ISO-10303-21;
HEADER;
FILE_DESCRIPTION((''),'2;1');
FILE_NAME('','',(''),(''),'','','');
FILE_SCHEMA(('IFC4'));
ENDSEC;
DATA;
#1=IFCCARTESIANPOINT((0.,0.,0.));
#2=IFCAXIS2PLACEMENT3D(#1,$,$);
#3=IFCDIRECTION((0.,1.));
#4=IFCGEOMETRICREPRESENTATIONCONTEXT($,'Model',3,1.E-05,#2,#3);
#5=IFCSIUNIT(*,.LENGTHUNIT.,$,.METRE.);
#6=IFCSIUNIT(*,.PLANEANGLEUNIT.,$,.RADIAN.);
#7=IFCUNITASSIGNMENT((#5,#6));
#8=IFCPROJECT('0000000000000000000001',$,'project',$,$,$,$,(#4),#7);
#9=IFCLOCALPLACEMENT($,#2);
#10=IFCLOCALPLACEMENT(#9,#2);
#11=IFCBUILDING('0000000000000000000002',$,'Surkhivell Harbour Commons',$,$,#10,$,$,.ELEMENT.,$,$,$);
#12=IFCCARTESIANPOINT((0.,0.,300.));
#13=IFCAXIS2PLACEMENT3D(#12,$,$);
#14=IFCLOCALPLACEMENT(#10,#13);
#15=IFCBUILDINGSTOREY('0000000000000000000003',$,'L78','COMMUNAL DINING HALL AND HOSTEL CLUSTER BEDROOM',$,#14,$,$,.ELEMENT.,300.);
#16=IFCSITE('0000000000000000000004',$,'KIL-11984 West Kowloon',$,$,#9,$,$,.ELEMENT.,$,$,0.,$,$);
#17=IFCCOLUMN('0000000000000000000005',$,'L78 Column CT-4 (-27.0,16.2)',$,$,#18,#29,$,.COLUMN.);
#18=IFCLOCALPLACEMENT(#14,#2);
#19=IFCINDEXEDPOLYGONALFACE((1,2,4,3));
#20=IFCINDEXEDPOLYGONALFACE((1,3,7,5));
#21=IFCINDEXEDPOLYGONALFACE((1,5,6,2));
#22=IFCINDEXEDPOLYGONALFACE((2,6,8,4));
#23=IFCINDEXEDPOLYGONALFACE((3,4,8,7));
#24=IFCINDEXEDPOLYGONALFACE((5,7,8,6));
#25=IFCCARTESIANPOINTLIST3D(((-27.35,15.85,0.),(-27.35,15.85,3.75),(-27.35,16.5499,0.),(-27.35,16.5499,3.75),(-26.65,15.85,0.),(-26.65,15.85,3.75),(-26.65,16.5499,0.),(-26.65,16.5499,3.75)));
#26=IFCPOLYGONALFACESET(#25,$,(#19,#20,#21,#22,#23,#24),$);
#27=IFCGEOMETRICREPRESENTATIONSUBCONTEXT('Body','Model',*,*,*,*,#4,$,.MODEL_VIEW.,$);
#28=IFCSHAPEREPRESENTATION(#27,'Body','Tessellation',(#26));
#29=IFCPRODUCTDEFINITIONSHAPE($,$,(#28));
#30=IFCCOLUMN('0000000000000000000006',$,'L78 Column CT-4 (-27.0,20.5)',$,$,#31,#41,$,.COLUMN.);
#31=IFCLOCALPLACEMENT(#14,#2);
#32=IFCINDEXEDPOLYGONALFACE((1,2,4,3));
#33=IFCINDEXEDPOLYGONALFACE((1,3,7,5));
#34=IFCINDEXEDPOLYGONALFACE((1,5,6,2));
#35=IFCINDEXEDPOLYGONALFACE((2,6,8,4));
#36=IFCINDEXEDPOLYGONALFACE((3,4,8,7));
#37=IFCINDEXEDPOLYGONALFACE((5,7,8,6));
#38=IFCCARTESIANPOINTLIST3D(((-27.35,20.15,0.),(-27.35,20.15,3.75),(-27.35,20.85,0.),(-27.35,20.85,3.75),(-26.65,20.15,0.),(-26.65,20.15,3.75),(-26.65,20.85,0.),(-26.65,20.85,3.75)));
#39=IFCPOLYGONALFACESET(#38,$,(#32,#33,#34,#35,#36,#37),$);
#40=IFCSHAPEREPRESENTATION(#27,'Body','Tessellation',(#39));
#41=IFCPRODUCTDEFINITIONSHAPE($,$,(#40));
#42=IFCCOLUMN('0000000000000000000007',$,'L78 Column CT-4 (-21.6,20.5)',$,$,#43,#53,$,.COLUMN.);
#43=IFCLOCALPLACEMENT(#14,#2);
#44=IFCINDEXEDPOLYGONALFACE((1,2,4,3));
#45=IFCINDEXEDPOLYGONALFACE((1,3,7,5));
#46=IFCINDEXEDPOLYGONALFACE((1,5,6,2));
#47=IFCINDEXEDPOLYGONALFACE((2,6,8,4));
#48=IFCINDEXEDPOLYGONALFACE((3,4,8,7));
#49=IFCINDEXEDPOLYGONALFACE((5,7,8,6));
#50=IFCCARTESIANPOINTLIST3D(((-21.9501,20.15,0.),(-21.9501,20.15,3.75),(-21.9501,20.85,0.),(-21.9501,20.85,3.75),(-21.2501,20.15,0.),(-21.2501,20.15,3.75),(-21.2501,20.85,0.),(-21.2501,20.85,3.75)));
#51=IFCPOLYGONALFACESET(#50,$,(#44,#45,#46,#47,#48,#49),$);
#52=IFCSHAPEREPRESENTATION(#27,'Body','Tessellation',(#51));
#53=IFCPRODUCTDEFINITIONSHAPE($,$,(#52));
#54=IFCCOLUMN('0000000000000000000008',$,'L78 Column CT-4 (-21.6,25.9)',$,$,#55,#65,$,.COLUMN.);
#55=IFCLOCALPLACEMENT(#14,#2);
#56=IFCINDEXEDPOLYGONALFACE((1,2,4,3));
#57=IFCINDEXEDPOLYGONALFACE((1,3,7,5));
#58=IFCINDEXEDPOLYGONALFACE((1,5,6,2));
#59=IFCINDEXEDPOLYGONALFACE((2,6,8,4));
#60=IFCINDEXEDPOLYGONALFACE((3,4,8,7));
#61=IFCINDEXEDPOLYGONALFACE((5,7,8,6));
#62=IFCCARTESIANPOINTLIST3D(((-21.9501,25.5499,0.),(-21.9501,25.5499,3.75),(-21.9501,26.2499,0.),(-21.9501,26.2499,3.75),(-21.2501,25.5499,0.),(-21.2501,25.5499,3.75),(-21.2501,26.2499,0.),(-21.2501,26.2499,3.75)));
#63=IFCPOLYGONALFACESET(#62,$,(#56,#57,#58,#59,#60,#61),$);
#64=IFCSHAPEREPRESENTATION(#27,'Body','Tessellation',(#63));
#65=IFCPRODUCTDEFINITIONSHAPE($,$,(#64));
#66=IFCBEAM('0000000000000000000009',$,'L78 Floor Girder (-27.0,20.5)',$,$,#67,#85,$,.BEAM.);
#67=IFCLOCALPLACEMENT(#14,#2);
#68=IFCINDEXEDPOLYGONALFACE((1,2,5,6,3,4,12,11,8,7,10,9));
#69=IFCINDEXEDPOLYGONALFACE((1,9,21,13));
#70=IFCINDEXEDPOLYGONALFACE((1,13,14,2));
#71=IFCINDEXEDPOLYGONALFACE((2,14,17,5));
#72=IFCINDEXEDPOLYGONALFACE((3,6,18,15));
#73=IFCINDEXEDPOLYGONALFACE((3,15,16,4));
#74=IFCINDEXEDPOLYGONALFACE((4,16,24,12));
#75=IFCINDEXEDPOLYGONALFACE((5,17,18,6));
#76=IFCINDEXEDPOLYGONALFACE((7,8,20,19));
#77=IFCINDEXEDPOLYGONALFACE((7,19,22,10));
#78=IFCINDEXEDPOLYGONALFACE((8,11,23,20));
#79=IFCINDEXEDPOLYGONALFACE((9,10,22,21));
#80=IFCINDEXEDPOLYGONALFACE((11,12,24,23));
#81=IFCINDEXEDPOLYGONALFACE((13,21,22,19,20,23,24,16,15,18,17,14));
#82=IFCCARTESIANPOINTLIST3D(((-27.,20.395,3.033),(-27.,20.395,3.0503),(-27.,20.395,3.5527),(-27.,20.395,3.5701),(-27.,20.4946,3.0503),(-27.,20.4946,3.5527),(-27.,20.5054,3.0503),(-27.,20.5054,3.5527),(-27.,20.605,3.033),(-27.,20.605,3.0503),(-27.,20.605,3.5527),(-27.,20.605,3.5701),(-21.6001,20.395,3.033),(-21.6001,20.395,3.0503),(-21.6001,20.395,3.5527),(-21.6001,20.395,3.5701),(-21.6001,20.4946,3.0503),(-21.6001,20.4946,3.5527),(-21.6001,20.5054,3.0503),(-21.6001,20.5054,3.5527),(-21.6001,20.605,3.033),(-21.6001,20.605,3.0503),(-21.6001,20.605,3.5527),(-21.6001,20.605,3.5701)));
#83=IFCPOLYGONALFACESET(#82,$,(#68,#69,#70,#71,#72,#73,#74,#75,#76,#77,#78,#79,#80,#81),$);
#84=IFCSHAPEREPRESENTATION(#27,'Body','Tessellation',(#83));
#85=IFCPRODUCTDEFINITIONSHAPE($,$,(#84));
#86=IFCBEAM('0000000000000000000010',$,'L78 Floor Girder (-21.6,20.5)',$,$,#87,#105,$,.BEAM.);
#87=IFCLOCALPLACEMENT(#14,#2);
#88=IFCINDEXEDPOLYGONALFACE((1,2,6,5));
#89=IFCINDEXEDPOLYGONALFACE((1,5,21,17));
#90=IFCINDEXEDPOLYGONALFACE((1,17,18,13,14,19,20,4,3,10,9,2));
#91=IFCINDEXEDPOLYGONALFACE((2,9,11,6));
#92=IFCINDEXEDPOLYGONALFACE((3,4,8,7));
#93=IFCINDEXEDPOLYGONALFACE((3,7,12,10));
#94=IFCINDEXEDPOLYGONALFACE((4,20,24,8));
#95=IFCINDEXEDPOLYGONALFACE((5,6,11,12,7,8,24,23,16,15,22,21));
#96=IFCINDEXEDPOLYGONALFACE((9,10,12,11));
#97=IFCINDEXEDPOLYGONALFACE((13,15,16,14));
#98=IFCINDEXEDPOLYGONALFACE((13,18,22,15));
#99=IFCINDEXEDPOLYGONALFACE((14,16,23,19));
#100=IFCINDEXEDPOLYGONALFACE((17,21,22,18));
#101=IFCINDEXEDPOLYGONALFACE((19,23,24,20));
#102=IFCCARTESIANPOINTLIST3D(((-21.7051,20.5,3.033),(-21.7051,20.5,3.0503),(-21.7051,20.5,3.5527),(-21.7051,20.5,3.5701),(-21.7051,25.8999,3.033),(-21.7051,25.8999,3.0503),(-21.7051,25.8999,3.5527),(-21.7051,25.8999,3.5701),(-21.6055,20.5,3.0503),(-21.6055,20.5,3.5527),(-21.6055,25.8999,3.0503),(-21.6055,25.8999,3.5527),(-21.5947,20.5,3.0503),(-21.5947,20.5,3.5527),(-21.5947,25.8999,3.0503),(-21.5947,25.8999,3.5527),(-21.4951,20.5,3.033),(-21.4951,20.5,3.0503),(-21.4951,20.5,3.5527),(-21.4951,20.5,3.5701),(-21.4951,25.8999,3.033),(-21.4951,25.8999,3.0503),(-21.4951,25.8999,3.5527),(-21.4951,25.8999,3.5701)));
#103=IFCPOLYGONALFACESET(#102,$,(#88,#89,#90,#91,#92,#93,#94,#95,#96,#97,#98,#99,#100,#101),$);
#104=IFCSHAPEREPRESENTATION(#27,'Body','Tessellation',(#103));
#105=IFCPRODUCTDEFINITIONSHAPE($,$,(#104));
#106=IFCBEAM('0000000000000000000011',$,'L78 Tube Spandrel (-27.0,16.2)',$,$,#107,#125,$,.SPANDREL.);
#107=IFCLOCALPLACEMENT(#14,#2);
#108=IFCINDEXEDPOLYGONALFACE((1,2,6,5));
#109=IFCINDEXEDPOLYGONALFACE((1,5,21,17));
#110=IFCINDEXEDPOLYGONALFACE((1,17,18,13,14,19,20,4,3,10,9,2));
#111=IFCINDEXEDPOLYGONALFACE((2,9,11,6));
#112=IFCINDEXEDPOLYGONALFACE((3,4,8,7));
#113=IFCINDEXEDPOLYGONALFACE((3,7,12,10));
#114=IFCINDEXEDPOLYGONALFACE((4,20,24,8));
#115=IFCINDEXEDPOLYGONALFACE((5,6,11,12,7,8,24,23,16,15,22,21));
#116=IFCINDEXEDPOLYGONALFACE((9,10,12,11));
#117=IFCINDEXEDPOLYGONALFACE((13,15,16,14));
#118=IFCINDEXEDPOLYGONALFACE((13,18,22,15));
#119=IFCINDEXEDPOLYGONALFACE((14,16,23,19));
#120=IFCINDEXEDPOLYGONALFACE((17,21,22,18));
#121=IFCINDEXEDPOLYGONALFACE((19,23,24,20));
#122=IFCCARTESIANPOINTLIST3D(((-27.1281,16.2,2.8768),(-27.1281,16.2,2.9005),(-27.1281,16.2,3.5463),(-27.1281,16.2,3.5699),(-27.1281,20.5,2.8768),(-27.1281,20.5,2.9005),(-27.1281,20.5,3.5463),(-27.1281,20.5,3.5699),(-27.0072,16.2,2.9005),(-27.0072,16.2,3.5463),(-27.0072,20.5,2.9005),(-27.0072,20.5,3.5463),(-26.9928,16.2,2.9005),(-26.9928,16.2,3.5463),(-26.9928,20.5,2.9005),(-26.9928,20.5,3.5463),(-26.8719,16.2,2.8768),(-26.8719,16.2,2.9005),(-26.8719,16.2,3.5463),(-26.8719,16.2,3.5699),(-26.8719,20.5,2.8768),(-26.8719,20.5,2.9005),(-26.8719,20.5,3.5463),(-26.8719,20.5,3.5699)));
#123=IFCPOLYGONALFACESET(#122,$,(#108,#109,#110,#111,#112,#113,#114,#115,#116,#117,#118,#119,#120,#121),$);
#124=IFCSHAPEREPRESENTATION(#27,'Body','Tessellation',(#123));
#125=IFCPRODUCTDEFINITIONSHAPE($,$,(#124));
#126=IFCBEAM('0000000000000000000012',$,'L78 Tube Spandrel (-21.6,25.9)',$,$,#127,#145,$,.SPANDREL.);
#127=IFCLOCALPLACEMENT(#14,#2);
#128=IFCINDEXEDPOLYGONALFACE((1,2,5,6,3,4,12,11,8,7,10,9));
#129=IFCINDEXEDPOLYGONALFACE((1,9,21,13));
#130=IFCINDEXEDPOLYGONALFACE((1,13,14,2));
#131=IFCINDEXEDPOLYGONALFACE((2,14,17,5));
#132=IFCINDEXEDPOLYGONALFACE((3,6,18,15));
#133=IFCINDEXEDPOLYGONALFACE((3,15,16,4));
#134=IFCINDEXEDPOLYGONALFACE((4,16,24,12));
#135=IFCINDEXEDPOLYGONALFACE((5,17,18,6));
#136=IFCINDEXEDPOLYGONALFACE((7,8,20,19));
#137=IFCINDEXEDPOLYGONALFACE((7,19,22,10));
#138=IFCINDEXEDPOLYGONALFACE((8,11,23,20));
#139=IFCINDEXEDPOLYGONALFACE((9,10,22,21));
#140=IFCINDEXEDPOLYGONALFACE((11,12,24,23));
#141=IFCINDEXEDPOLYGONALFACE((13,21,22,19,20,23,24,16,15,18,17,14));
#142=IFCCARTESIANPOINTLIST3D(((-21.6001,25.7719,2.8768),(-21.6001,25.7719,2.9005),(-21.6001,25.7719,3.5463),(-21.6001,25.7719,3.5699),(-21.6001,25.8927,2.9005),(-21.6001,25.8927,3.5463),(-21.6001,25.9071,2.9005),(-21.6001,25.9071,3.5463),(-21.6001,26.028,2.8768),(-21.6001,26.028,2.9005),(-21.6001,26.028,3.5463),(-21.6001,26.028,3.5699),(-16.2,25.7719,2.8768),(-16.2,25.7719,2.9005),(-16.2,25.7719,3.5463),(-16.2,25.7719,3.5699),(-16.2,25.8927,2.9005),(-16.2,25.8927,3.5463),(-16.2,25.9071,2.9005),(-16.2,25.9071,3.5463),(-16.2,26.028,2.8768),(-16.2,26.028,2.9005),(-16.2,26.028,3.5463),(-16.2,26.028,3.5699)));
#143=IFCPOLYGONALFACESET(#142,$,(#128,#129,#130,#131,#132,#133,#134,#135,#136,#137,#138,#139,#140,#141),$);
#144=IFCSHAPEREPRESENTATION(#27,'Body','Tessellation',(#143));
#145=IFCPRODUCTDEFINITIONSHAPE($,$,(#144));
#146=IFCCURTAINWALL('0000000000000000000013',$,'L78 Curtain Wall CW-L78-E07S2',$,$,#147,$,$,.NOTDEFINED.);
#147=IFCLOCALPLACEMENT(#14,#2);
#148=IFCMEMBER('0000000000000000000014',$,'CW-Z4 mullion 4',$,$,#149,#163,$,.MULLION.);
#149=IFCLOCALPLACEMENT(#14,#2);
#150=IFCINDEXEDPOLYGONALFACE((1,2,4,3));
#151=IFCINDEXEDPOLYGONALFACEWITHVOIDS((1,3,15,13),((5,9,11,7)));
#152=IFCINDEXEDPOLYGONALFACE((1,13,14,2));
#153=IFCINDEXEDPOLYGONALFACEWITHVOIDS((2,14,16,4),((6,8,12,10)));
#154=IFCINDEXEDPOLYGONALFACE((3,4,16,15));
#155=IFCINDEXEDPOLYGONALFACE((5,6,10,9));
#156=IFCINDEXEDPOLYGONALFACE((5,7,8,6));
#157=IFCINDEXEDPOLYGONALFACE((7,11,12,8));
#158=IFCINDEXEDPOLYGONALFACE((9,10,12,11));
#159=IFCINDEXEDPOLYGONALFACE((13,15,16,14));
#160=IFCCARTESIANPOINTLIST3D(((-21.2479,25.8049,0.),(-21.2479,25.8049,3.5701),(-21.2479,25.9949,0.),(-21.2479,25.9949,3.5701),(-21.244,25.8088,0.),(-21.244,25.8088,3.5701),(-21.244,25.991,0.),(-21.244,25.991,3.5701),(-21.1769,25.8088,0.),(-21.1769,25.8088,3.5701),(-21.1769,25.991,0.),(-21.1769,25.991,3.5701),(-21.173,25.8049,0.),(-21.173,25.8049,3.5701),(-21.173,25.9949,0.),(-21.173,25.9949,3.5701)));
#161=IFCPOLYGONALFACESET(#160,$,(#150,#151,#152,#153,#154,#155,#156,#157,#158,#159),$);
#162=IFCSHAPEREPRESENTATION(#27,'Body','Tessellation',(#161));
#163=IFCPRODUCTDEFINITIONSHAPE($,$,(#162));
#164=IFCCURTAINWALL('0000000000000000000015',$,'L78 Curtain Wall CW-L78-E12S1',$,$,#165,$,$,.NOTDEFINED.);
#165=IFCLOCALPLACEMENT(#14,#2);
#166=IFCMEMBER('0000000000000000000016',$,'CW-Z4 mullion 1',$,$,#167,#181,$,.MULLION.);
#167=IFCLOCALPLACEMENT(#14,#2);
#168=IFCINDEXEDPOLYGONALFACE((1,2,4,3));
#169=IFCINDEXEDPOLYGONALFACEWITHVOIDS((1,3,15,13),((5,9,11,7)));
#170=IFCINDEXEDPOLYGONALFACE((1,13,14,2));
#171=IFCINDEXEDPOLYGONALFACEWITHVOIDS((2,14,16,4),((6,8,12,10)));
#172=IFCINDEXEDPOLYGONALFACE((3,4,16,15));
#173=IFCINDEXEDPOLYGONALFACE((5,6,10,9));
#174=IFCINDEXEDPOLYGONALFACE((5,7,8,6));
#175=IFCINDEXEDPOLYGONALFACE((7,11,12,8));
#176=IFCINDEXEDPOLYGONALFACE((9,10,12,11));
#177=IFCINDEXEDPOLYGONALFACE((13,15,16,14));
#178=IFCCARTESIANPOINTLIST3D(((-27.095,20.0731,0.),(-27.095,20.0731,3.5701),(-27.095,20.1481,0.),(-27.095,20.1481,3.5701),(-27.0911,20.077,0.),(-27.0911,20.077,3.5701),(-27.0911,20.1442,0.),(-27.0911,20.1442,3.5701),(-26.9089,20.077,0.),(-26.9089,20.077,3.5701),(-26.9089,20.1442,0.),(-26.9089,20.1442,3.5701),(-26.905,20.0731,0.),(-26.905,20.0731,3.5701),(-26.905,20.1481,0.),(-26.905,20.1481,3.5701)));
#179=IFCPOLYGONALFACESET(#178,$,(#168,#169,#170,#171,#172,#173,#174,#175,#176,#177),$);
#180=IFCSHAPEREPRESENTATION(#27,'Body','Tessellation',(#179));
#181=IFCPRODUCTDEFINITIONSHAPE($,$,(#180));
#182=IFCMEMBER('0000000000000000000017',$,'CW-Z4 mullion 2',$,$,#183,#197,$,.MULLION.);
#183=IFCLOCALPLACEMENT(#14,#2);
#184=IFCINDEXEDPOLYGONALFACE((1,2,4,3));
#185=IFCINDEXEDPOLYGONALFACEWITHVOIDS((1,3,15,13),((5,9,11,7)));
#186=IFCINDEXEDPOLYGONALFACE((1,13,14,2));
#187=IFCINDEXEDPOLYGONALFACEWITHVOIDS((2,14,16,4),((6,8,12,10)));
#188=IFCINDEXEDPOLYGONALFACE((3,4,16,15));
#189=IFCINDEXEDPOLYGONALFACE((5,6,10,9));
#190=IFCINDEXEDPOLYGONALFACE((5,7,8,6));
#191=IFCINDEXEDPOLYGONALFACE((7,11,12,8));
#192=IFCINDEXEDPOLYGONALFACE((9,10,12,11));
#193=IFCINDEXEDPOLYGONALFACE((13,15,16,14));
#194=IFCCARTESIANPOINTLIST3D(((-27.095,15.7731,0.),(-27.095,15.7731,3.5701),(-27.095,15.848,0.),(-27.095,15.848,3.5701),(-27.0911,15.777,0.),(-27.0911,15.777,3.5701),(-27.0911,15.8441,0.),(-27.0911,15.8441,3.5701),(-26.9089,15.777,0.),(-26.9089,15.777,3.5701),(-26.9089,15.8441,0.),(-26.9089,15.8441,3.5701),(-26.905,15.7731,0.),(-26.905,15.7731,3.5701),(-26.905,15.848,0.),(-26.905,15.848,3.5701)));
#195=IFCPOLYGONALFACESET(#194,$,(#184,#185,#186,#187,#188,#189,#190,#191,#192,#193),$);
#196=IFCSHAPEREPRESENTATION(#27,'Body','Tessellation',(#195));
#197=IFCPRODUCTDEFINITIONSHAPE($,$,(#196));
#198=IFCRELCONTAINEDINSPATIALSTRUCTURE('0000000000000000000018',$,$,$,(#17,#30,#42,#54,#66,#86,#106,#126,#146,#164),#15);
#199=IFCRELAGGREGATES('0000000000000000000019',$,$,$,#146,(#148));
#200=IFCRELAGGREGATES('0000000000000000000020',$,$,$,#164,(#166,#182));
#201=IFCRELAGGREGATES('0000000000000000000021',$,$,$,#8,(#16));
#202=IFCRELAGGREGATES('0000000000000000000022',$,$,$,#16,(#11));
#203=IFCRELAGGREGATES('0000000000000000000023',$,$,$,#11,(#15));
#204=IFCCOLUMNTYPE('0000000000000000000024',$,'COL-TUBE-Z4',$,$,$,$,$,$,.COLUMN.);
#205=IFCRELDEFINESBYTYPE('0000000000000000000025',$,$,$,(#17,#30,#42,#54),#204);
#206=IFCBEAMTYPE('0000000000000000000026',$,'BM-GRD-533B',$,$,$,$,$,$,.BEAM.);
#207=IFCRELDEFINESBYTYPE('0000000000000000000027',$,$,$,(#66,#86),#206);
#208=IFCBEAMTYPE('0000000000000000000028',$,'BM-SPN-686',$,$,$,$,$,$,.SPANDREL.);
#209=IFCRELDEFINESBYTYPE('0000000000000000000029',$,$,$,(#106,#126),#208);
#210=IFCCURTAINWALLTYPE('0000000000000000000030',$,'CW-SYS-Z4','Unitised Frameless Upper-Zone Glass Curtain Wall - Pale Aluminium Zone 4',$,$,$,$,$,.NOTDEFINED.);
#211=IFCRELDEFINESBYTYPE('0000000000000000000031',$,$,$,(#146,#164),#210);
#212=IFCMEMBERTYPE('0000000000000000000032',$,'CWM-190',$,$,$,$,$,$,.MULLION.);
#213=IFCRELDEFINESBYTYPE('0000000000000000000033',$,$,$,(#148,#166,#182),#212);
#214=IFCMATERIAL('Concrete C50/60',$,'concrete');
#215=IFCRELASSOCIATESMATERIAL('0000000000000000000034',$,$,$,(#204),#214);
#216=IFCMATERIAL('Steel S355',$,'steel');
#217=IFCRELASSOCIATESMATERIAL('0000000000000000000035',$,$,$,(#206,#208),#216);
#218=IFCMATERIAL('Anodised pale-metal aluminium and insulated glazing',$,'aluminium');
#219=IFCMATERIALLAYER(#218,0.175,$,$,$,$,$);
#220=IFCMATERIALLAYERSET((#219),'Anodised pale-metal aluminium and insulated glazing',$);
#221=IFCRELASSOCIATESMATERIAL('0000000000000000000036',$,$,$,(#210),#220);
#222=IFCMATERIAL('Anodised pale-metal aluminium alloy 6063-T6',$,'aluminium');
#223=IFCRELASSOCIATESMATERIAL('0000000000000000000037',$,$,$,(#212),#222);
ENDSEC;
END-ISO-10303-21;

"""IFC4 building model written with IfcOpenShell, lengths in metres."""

from ifc_helpers import new_model, si_unit, direction, frame, origin, origin_2d, place, context, subcontext, project, spatial, rectangle, hollow_rectangle, i_section, extrude, material, layer, layer_set, material_profile, profile_set, type_object, element, aggregate, save


model = new_model("IFC4")

# Units and contexts
model_context = context("Model", 3, precision=1e-05, world=origin(), true_north=direction((0.0, 1.0)))
body_context = subcontext(model_context, "Body", "Model", "MODEL_VIEW")
ifc_project = project(units=[si_unit("LENGTHUNIT", "METRE"), si_unit("PLANEANGLEUNIT", "RADIAN")], contexts=[model_context])

# Site, building, storey
site_placement = place(None, origin())
site = spatial("IfcSite", under=ifc_project, at=site_placement, Name="KIL-11984 West Kowloon", CompositionType="ELEMENT", RefElevation=0.0)
building_placement = place(site_placement, origin())
building = spatial("IfcBuilding", under=site, at=building_placement, Name="Surkhivell Harbour Commons", CompositionType="ELEMENT")
storey_placement = place(building_placement, frame((0.0, 0.0, 300.0)))
storey = spatial("IfcBuildingStorey", under=building, at=storey_placement, Name="L78", Description="COMMUNAL DINING HALL AND HOSTEL CLUSTER BEDROOM", CompositionType="ELEMENT", Elevation=300.0)

# Columns
ifc_material_1 = material(Name="Concrete C50/60", Category="concrete")
ifc_material_profile_1 = material_profile(ifc_material_1, rectangle(XDim=0.7, YDim=0.7, at=origin_2d()), Name="RC-COL-700x700")
ifc_profile_set_1 = profile_set([ifc_material_profile_1], Name="Concrete C50/60")
column_type = type_object("IfcColumnType", Name="COL-TUBE-Z4", PredefinedType="COLUMN", material=ifc_profile_set_1)
for number, where, z_axis, x_axis, name in (
    (1, (-27.0, 16.2, 0.0), (0.0, 0.0, 1.0), (1.0, 0.0, 0.0), "L78 Column CT-4 (-27.0,16.2)"),
    (2, (-27.0, 20.5, 0.0), (0.0, 0.0, 1.0), (1.0, 0.0, 0.0), "L78 Column CT-4 (-27.0,20.5)"),
    (3, (-21.6001, 20.5, 0.0), (0.0, 0.0, 1.0), (1.0, 0.0, 0.0), "L78 Column CT-4 (-21.6,20.5)"),
    (4, (-21.6001, 25.8999, 0.0), (0.0, 0.0, 1.0), (1.0, 0.0, 0.0), "L78 Column CT-4 (-21.6,25.9)"),
):
    element("IfcColumn", number, at=place(storey_placement, frame(where, z_axis=z_axis, x_axis=x_axis)), inside=storey, type_object=column_type, Name=name, PredefinedType="COLUMN", context=body_context, shape_type="SweptSolid", body=[
        extrude(rectangle(XDim=0.7, YDim=0.7, at=origin_2d()), origin(), (0.0, 0.0, 1.0), 3.75),
    ])

# Beams
ifc_material_2 = material(Name="Steel S355", Category="steel")
ifc_material_profile_2 = material_profile(ifc_material_2, i_section(OverallWidth=0.21, OverallDepth=0.5371, WebThickness=0.0107, FlangeThickness=0.0173, at=origin_2d()), Name="UB533x210x101")
ifc_profile_set_2 = profile_set([ifc_material_profile_2], Name="Steel S355")
beam_type_1 = type_object("IfcBeamType", Name="BM-GRD-533B", PredefinedType="BEAM", material=ifc_profile_set_2)
for number, where, z_axis, x_axis, name in (
    (5, (-27.0, 20.5, 3.3015), (1.0, 0.0, 0.0), (0.0, 1.0, 0.0), "L78 Floor Girder (-27.0,20.5)"),
    (6, (-21.6001, 20.5, 3.3015), (0.0, 1.0, 0.0), (-1.0, 0.0, 0.0), "L78 Floor Girder (-21.6,20.5)"),
):
    element("IfcBeam", number, at=place(storey_placement, frame(where, z_axis=z_axis, x_axis=x_axis)), inside=storey, type_object=beam_type_1, Name=name, PredefinedType="BEAM", context=body_context, shape_type="SweptSolid", body=[
        extrude(i_section(OverallWidth=0.21, OverallDepth=0.5371, WebThickness=0.0107, FlangeThickness=0.0173, at=origin_2d()), origin(), (0.0, 0.0, 1.0), 5.3999),
    ])
ifc_material_profile_3 = material_profile(ifc_material_2, i_section(OverallWidth=0.2561, OverallDepth=0.6931, WebThickness=0.0144, FlangeThickness=0.0237, at=origin_2d()), Name="UB686x254x170")
ifc_profile_set_3 = profile_set([ifc_material_profile_3], Name="Steel S355")
beam_type_2 = type_object("IfcBeamType", Name="BM-SPN-686", PredefinedType="SPANDREL", material=ifc_profile_set_3)
beam_1_placement = place(storey_placement, frame((-27.0, 16.2, 3.2234), z_axis=(0.0, 1.0, 0.0), x_axis=(-1.0, 0.0, 0.0)))
element("IfcBeam", 7, at=beam_1_placement, inside=storey, type_object=beam_type_2, Name="L78 Tube Spandrel (-27.0,16.2)", PredefinedType="SPANDREL", context=body_context, shape_type="SweptSolid", body=[
    extrude(i_section(OverallWidth=0.2561, OverallDepth=0.6931, WebThickness=0.0144, FlangeThickness=0.0237, at=origin_2d()), origin(), (0.0, 0.0, 1.0), 4.3),
])
beam_2_placement = place(storey_placement, frame((-21.6001, 25.8999, 3.2234), z_axis=(1.0, 0.0, 0.0), x_axis=(0.0, 1.0, 0.0)))
element("IfcBeam", 8, at=beam_2_placement, inside=storey, type_object=beam_type_2, Name="L78 Tube Spandrel (-21.6,25.9)", PredefinedType="SPANDREL", context=body_context, shape_type="SweptSolid", body=[
    extrude(i_section(OverallWidth=0.2561, OverallDepth=0.6931, WebThickness=0.0144, FlangeThickness=0.0237, at=origin_2d()), origin(), (0.0, 0.0, 1.0), 5.4001),
])

# Curtain wall, member
ifc_material_3 = material(Name="Anodised pale-metal aluminium and insulated glazing", Category="aluminium")
ifc_layer_1 = layer(ifc_material_3, 0.175)
ifc_layer_set_1 = layer_set([ifc_layer_1], Name="Anodised pale-metal aluminium and insulated glazing")
curtain_wall_type = type_object("IfcCurtainWallType", Name="CW-SYS-Z4", Description="Unitised Frameless Upper-Zone Glass Curtain Wall - Pale Aluminium Zone 4", PredefinedType="NOTDEFINED", material=ifc_layer_set_1)
curtain_wall_1_placement = place(storey_placement, origin())
curtain_wall_1 = element("IfcCurtainWall", 9, at=curtain_wall_1_placement, inside=storey, type_object=curtain_wall_type, Name="L78 Curtain Wall CW-L78-E07S2", PredefinedType="NOTDEFINED")
ifc_material_4 = material(Name="Anodised pale-metal aluminium alloy 6063-T6", Category="aluminium")
ifc_material_profile_4 = material_profile(ifc_material_4, hollow_rectangle(XDim=0.075, YDim=0.1899, WallThickness=0.0039, at=origin_2d()), Name="ALU-MULL-75x190")
ifc_profile_set_4 = profile_set([ifc_material_profile_4], Name="Anodised pale-metal aluminium alloy 6063-T6")
member_type_1 = type_object("IfcMemberType", Name="CWM-190", PredefinedType="MULLION", material=ifc_profile_set_4)
member_1_placement = place(storey_placement, frame((-21.2104, 25.8999, 0.0), z_axis=(0.0, 0.0, 1.0), x_axis=(-1.0, 0.0, 0.0)))
member_1 = element("IfcMember", 10, at=member_1_placement, type_object=member_type_1, Name="CW-Z4 mullion 4", PredefinedType="MULLION", context=body_context, shape_type="SweptSolid", body=[
    extrude(hollow_rectangle(XDim=0.075, YDim=0.1899, WallThickness=0.0039, at=origin_2d()), origin(), (0.0, 0.0, 1.0), 3.5701),
])

# Curtain wall, members
curtain_wall_2_placement = place(storey_placement, origin())
curtain_wall_2 = element("IfcCurtainWall", 11, at=curtain_wall_2_placement, inside=storey, type_object=curtain_wall_type, Name="L78 Curtain Wall CW-L78-E12S1", PredefinedType="NOTDEFINED")
member_2_placement = place(storey_placement, frame((-27.0, 20.1106, 0.0), z_axis=(0.0, 0.0, 1.0), x_axis=(0.0, -1.0, 0.0)))
member_2 = element("IfcMember", 12, at=member_2_placement, type_object=member_type_1, Name="CW-Z4 mullion 1", PredefinedType="MULLION", context=body_context, shape_type="SweptSolid", body=[
    extrude(hollow_rectangle(XDim=0.075, YDim=0.1899, WallThickness=0.0039, at=origin_2d()), origin(), (0.0, 0.0, 1.0), 3.5701),
])
member_3_placement = place(storey_placement, frame((-27.0, 15.8105, 0.0), z_axis=(0.0, 0.0, 1.0), x_axis=(0.0, -1.0, 0.0)))
member_3 = element("IfcMember", 13, at=member_3_placement, type_object=member_type_1, Name="CW-Z4 mullion 2", PredefinedType="MULLION", context=body_context, shape_type="SweptSolid", body=[
    extrude(hollow_rectangle(XDim=0.075, YDim=0.1899, WallThickness=0.0039, at=origin_2d()), origin(), (0.0, 0.0, 1.0), 3.5701),
])

aggregate(curtain_wall_1, [member_1])
aggregate(curtain_wall_2, [member_2, member_3])

save(model, "model.ifc")
